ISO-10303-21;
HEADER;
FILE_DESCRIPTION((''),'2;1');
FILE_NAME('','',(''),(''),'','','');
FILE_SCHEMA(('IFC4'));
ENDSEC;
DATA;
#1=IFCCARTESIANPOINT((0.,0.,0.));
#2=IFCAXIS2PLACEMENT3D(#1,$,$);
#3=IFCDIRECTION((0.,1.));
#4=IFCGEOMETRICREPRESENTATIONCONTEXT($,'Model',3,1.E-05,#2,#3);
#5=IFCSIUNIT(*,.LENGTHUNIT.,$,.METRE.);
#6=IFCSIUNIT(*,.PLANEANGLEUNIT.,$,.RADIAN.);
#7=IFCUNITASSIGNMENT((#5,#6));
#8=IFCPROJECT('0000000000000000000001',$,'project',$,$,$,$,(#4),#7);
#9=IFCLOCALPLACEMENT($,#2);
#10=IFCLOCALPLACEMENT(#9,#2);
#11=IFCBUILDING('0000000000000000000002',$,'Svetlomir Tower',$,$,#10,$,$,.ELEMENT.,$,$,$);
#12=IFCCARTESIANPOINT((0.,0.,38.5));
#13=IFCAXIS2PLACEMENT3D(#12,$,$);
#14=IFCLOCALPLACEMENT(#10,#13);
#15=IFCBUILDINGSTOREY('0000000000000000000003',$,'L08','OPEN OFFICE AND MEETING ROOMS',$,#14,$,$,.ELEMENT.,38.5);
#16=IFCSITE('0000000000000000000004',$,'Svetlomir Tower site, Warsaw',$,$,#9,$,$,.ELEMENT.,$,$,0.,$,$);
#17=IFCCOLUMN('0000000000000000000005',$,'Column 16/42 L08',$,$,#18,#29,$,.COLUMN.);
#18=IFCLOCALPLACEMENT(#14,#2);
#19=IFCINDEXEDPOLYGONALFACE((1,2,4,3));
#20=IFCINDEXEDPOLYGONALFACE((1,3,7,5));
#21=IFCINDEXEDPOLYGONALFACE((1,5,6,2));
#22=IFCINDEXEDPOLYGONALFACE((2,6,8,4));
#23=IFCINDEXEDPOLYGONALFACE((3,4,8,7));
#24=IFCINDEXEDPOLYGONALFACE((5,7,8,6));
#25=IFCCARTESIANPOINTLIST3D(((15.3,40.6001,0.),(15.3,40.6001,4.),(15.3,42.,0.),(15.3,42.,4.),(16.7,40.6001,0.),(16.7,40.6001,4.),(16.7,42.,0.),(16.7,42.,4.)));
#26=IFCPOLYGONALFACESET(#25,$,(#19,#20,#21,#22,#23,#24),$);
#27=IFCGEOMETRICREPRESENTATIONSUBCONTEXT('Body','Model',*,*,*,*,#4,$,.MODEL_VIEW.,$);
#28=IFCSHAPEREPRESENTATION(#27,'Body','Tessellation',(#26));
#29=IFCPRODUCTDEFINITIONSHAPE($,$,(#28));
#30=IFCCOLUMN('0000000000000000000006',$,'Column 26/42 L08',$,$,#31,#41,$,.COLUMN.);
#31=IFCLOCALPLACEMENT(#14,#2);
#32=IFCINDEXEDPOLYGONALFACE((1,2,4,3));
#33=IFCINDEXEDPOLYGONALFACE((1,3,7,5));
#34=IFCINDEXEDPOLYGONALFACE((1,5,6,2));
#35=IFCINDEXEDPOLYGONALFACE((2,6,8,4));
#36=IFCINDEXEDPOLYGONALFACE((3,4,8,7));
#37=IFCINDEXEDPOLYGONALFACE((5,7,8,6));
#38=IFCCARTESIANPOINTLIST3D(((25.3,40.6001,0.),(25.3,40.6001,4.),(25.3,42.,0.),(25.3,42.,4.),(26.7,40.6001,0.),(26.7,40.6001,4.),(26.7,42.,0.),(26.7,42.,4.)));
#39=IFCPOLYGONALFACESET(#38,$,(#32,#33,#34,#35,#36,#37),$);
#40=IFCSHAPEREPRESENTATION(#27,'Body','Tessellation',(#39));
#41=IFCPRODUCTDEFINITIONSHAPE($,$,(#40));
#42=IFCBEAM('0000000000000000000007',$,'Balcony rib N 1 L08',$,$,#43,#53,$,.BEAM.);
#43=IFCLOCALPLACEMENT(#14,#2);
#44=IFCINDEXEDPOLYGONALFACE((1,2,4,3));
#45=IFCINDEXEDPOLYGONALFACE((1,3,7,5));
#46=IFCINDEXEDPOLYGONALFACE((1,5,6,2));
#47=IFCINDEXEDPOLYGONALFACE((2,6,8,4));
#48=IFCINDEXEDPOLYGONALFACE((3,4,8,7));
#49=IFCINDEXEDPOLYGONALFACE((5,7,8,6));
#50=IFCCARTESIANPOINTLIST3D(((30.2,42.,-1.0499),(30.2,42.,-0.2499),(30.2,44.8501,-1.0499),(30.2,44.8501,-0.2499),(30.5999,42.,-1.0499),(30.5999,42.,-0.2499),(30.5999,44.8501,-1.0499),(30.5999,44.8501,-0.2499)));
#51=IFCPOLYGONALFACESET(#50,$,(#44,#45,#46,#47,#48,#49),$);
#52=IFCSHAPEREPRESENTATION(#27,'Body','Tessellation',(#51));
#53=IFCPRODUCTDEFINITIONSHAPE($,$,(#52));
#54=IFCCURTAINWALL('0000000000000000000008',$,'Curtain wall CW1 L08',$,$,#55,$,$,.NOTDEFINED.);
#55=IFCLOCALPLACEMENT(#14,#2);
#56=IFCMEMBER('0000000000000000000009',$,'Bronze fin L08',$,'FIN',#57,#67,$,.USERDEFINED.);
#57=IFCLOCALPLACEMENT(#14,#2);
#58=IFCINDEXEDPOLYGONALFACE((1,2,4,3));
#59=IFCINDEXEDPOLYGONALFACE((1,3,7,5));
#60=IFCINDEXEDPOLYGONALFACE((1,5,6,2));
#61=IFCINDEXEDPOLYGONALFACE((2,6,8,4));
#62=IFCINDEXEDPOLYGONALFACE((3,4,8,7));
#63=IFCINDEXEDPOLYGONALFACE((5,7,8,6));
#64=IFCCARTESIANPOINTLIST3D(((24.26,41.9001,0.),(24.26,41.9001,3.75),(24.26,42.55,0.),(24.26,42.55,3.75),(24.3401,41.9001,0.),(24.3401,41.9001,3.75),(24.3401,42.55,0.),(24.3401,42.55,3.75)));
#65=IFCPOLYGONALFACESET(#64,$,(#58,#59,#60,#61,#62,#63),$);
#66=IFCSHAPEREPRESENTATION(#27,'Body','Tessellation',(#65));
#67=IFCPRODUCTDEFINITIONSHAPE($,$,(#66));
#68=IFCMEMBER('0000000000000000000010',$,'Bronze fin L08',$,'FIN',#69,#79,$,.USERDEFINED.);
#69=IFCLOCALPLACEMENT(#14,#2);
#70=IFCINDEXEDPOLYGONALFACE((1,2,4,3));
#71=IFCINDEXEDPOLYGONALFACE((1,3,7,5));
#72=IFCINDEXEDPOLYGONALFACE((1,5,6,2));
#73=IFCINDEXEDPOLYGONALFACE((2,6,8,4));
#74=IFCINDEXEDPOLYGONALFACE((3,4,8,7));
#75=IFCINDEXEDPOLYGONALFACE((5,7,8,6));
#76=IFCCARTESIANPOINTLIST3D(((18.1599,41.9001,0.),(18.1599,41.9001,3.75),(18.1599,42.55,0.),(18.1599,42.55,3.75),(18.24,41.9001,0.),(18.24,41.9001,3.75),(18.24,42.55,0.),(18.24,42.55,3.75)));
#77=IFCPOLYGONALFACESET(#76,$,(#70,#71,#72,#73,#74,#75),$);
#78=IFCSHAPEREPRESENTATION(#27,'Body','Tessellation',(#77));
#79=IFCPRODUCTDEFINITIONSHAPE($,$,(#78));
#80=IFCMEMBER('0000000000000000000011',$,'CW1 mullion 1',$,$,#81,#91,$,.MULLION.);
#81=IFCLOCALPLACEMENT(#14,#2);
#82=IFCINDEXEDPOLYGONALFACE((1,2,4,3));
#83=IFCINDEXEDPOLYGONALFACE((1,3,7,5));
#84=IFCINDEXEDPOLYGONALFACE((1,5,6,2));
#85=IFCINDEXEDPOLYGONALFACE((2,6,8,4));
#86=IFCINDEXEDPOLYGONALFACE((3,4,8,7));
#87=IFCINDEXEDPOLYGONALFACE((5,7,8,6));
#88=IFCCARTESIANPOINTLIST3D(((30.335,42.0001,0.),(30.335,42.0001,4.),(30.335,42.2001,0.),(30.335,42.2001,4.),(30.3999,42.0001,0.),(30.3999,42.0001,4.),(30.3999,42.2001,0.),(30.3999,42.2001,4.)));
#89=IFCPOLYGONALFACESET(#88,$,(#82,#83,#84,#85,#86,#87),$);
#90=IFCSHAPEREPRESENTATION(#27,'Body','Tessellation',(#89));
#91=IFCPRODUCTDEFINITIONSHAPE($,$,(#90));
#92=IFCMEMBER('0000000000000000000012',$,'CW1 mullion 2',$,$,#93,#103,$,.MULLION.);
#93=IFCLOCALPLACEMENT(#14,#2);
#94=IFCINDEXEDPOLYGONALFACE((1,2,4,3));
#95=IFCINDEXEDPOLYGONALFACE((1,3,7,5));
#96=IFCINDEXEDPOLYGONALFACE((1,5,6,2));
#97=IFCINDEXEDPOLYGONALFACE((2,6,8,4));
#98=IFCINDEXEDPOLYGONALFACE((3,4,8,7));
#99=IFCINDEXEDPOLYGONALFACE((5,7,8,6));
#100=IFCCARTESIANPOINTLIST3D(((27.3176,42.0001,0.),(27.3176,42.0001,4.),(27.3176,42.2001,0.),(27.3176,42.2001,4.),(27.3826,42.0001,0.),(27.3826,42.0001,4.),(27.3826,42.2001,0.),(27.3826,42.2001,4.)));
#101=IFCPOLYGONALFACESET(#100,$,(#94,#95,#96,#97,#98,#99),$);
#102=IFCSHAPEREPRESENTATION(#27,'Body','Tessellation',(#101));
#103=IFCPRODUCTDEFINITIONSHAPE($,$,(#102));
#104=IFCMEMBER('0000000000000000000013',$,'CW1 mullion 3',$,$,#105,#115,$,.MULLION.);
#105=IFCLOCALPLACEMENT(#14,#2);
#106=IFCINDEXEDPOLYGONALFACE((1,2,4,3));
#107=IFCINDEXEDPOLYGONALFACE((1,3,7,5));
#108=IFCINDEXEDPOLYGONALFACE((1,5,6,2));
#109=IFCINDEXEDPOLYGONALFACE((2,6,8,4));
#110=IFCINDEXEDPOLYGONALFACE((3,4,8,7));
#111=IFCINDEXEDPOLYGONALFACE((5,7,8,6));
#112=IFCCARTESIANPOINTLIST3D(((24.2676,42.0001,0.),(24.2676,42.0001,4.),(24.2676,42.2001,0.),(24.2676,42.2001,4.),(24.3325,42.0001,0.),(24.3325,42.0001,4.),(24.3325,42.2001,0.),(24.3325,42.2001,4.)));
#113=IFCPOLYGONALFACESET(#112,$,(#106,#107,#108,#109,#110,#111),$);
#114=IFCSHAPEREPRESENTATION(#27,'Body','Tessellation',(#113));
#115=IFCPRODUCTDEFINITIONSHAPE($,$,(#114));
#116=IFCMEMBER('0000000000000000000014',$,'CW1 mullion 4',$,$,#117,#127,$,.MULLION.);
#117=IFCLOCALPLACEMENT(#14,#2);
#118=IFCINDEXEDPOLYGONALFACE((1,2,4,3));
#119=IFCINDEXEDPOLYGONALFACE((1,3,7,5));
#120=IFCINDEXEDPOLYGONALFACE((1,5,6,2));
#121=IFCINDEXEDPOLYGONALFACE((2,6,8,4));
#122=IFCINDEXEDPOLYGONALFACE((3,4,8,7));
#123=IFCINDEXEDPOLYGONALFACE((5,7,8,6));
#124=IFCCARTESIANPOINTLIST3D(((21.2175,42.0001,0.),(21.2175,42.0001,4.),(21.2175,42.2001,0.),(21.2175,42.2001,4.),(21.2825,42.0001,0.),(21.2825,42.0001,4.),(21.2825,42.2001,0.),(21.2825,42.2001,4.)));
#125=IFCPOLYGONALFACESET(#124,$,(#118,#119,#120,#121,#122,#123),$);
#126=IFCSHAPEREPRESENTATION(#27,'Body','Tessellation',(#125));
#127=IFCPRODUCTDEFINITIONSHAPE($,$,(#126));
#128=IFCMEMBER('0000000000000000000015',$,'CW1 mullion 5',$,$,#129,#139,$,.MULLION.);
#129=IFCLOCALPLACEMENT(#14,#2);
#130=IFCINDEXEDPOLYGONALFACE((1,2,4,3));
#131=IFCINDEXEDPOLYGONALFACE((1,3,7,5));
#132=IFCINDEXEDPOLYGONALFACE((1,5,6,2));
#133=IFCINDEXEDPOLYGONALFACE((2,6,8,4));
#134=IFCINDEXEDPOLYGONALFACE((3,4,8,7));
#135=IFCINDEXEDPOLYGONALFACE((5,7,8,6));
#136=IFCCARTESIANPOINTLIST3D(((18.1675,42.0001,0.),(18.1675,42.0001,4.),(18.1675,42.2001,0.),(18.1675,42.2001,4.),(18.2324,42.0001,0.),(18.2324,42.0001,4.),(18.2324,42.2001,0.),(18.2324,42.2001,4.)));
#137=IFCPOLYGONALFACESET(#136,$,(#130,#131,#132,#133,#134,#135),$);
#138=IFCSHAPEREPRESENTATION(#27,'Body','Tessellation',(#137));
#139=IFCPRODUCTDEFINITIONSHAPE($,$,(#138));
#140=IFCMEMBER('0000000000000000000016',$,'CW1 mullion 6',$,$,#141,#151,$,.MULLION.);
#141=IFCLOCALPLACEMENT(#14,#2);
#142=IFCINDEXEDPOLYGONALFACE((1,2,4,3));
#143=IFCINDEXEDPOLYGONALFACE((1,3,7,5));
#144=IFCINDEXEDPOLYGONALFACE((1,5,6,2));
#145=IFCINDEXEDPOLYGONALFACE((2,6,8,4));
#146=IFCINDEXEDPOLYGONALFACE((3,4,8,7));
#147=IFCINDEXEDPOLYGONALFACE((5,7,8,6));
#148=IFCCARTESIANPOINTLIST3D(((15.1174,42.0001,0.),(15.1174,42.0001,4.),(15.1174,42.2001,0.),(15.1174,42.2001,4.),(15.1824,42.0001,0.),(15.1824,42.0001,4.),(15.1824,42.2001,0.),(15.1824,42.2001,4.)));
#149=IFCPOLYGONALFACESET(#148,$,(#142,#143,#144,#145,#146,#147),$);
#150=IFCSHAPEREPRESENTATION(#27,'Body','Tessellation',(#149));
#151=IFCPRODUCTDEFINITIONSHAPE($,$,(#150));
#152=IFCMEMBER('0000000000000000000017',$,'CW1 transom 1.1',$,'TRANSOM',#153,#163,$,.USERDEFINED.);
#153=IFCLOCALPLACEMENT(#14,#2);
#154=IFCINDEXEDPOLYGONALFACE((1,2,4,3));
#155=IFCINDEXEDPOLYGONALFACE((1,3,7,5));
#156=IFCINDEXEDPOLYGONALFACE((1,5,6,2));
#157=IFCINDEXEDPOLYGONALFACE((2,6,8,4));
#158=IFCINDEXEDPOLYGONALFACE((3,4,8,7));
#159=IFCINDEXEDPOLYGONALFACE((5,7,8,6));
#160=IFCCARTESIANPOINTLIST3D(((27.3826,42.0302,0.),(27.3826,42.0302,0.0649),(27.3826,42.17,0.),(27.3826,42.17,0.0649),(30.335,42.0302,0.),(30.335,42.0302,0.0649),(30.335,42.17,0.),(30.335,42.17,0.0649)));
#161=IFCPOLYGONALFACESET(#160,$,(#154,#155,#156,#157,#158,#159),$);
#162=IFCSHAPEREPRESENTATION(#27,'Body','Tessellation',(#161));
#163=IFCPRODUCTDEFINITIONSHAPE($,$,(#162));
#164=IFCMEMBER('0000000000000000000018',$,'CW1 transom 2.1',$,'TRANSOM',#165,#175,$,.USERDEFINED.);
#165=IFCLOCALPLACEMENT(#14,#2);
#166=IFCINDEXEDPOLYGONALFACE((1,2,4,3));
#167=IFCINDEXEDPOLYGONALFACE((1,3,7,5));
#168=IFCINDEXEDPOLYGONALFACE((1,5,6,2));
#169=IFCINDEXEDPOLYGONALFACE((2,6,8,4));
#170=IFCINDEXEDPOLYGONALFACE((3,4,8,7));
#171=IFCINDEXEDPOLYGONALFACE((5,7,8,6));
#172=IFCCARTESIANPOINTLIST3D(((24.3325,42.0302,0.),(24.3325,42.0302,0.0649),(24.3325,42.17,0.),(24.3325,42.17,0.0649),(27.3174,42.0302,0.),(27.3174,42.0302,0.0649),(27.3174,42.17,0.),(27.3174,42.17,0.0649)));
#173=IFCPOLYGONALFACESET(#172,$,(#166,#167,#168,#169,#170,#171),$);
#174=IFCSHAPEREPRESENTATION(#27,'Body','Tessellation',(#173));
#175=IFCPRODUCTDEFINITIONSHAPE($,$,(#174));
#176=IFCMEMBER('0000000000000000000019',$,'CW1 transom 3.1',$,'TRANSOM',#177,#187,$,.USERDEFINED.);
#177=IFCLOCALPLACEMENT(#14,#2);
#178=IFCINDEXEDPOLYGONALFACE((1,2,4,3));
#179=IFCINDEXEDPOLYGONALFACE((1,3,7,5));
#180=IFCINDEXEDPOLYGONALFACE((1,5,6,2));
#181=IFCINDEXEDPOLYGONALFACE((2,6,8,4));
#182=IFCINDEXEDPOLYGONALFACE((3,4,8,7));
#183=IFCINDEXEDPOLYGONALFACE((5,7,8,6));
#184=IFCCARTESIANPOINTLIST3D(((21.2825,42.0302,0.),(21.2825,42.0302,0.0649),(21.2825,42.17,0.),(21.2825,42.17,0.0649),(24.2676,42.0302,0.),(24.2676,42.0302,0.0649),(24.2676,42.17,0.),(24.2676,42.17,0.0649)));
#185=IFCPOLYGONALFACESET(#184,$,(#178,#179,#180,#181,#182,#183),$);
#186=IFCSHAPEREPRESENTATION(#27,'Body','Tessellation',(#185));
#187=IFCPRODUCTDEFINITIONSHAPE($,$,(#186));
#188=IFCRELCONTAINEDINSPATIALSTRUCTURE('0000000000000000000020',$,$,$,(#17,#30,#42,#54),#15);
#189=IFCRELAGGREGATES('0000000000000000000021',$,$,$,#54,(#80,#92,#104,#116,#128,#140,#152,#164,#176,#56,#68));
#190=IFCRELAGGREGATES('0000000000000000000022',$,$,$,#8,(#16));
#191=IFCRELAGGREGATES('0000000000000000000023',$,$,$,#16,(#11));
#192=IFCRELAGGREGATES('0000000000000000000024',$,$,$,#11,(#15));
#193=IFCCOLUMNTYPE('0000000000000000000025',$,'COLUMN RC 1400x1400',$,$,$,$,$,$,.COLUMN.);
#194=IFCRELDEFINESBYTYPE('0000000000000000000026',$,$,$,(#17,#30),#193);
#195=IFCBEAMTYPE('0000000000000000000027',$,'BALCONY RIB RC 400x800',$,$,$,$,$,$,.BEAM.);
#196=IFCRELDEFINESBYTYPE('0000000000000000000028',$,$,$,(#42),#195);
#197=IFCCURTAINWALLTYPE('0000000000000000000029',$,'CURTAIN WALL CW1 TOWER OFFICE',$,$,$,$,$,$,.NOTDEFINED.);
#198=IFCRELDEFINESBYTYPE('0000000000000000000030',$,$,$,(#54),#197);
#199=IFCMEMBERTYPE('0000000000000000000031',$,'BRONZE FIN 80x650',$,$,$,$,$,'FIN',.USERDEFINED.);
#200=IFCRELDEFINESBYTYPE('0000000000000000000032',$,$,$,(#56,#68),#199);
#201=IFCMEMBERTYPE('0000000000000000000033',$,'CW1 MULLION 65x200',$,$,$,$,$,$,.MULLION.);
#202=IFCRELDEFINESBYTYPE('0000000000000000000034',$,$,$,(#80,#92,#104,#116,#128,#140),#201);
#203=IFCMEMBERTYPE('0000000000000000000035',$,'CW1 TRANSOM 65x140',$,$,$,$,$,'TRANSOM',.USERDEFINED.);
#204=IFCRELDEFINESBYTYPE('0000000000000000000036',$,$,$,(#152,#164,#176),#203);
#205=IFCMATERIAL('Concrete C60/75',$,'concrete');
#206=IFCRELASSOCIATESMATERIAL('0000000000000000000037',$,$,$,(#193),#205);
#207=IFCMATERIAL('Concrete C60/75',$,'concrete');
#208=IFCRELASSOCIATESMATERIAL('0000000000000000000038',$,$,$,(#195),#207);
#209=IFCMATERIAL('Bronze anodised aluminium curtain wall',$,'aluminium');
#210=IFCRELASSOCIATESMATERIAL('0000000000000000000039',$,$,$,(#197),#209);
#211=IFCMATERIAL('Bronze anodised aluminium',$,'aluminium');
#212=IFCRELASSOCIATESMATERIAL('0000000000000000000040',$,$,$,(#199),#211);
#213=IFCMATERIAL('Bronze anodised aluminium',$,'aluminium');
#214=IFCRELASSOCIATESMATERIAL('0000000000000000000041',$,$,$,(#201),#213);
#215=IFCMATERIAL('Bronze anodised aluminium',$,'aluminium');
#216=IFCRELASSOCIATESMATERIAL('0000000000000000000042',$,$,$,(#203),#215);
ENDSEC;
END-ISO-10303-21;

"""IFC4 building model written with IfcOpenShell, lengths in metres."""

from ifc_helpers import new_model, si_unit, direction, frame, origin, origin_2d, place, context, subcontext, project, spatial, rectangle, extrude, material, material_profile, profile_set, type_object, element, aggregate, save


model = new_model("IFC4")

# Units and contexts
model_context = context("Model", 3, precision=1e-05, world=origin(), true_north=direction((0.0, 1.0)))
body_context = subcontext(model_context, "Body", "Model", "MODEL_VIEW")
ifc_project = project(units=[si_unit("LENGTHUNIT", "METRE"), si_unit("PLANEANGLEUNIT", "RADIAN")], contexts=[model_context])

# Site, building, storey
site_placement = place(None, origin())
site = spatial("IfcSite", under=ifc_project, at=site_placement, Name="Svetlomir Tower site, Warsaw", CompositionType="ELEMENT", RefElevation=0.0)
building_placement = place(site_placement, origin())
building = spatial("IfcBuilding", under=site, at=building_placement, Name="Svetlomir Tower", CompositionType="ELEMENT")
storey_placement = place(building_placement, frame((0.0, 0.0, 38.5)))
storey = spatial("IfcBuildingStorey", under=building, at=storey_placement, Name="L08", Description="OPEN OFFICE AND MEETING ROOMS", CompositionType="ELEMENT", Elevation=38.5)

# Columns
ifc_material_1 = material(Name="Concrete C60/75", Category="concrete")
ifc_material_profile_1 = material_profile(ifc_material_1, rectangle(XDim=1.3999, YDim=1.3999, at=origin_2d()), Name="RC 1400x1400")
ifc_profile_set_1 = profile_set([ifc_material_profile_1], Name="Concrete C60/75")
column_type = type_object("IfcColumnType", Name="COLUMN RC 1400x1400", PredefinedType="COLUMN", material=ifc_profile_set_1)
for number, where, z_axis, x_axis, name in (
    (1, (16.0, 41.3, 0.0), (0.0, 0.0, 1.0), (1.0, 0.0, 0.0), "Column 16/42 L08"),
    (2, (26.0, 41.3, 0.0), (0.0, 0.0, 1.0), (1.0, 0.0, 0.0), "Column 26/42 L08"),
):
    element("IfcColumn", number, at=place(storey_placement, frame(where, z_axis=z_axis, x_axis=x_axis)), inside=storey, type_object=column_type, Name=name, PredefinedType="COLUMN", context=body_context, shape_type="SweptSolid", body=[
        extrude(rectangle(XDim=1.3999, YDim=1.3999, at=origin_2d()), origin(), (0.0, 0.0, 1.0), 4.0),
    ])

# Beam
ifc_material_2 = material(Name="Concrete C60/75", Category="concrete")
ifc_material_profile_2 = material_profile(ifc_material_2, rectangle(XDim=0.3999, YDim=0.8, at=origin_2d()), Name="RC 400x800")
ifc_profile_set_2 = profile_set([ifc_material_profile_2], Name="Concrete C60/75")
beam_type_1 = type_object("IfcBeamType", Name="BALCONY RIB RC 400x800", PredefinedType="BEAM", material=ifc_profile_set_2)
beam_1_placement = place(storey_placement, frame((30.3999, 42.0, -0.6499), z_axis=(0.0, 1.0, 0.0), x_axis=(-1.0, 0.0, 0.0)))
element("IfcBeam", 3, at=beam_1_placement, inside=storey, type_object=beam_type_1, Name="Balcony rib N 1 L08", PredefinedType="BEAM", context=body_context, shape_type="SweptSolid", body=[
    extrude(rectangle(XDim=0.3999, YDim=0.8, at=origin_2d()), origin(), (0.0, 0.0, 1.0), 2.8501),
])

# Curtain wall, members
ifc_material_3 = material(Name="Bronze anodised aluminium curtain wall", Category="aluminium")
curtain_wall_type = type_object("IfcCurtainWallType", Name="CURTAIN WALL CW1 TOWER OFFICE", PredefinedType="NOTDEFINED", material=ifc_material_3)
curtain_wall_placement = place(storey_placement, origin())
curtain_wall = element("IfcCurtainWall", 4, at=curtain_wall_placement, inside=storey, type_object=curtain_wall_type, Name="Curtain wall CW1 L08", PredefinedType="NOTDEFINED")
ifc_material_4 = material(Name="Bronze anodised aluminium", Category="aluminium")
ifc_material_profile_3 = material_profile(ifc_material_4, rectangle(XDim=0.0801, YDim=0.6499, at=origin_2d()), Name="FIN 80x650")
ifc_profile_set_3 = profile_set([ifc_material_profile_3], Name="Bronze anodised aluminium 6063-T6")
member_type_1 = type_object("IfcMemberType", Name="BRONZE FIN 80x650", ElementType="FIN", PredefinedType="USERDEFINED", material=ifc_profile_set_3)
member_1_placement = place(storey_placement, frame((24.3, 42.2251, 0.0), z_axis=(0.0, 0.0, 1.0), x_axis=(1.0, 0.0, 0.0)))
member_1 = element("IfcMember", 5, at=member_1_placement, type_object=member_type_1, Name="Bronze fin L08", ObjectType="FIN", PredefinedType="USERDEFINED", context=body_context, shape_type="SweptSolid", body=[
    extrude(rectangle(XDim=0.0801, YDim=0.6499, at=origin_2d()), origin(), (0.0, 0.0, 1.0), 3.75),
])
member_2_placement = place(storey_placement, frame((18.2, 42.2251, 0.0), z_axis=(0.0, 0.0, 1.0), x_axis=(1.0, 0.0, 0.0)))
member_2 = element("IfcMember", 6, at=member_2_placement, type_object=member_type_1, Name="Bronze fin L08", ObjectType="FIN", PredefinedType="USERDEFINED", context=body_context, shape_type="SweptSolid", body=[
    extrude(rectangle(XDim=0.0801, YDim=0.6499, at=origin_2d()), origin(), (0.0, 0.0, 1.0), 3.75),
])
ifc_material_5 = material(Name="Bronze anodised aluminium", Category="aluminium")
ifc_material_profile_4 = material_profile(ifc_material_5, rectangle(XDim=0.0649, YDim=0.2, at=origin_2d()), Name="AL 65x200")
ifc_profile_set_4 = profile_set([ifc_material_profile_4], Name="Bronze anodised aluminium 6063-T6")
member_type_2 = type_object("IfcMemberType", Name="CW1 MULLION 65x200", PredefinedType="MULLION", material=ifc_profile_set_4)
member_3_placement = place(storey_placement, frame((30.3674, 42.1001, 0.0), z_axis=(0.0, 0.0, 1.0), x_axis=(-1.0, 0.0, 0.0)))
member_3 = element("IfcMember", 7, at=member_3_placement, type_object=member_type_2, Name="CW1 mullion 1", PredefinedType="MULLION", context=body_context, shape_type="SweptSolid", body=[
    extrude(rectangle(XDim=0.0649, YDim=0.2, at=origin_2d()), origin(), (0.0, 0.0, 1.0), 4.0),
])
member_4_placement = place(storey_placement, frame((27.3501, 42.1001, 0.0), z_axis=(0.0, 0.0, 1.0), x_axis=(-1.0, 0.0, 0.0)))
member_4 = element("IfcMember", 8, at=member_4_placement, type_object=member_type_2, Name="CW1 mullion 2", PredefinedType="MULLION", context=body_context, shape_type="SweptSolid", body=[
    extrude(rectangle(XDim=0.0649, YDim=0.2, at=origin_2d()), origin(), (0.0, 0.0, 1.0), 4.0),
])
member_5_placement = place(storey_placement, frame((24.3, 42.1001, 0.0), z_axis=(0.0, 0.0, 1.0), x_axis=(-1.0, 0.0, 0.0)))
member_5 = element("IfcMember", 9, at=member_5_placement, type_object=member_type_2, Name="CW1 mullion 3", PredefinedType="MULLION", context=body_context, shape_type="SweptSolid", body=[
    extrude(rectangle(XDim=0.0649, YDim=0.2, at=origin_2d()), origin(), (0.0, 0.0, 1.0), 4.0),
])
member_6_placement = place(storey_placement, frame((21.25, 42.1001, 0.0), z_axis=(0.0, 0.0, 1.0), x_axis=(-1.0, 0.0, 0.0)))
member_6 = element("IfcMember", 10, at=member_6_placement, type_object=member_type_2, Name="CW1 mullion 4", PredefinedType="MULLION", context=body_context, shape_type="SweptSolid", body=[
    extrude(rectangle(XDim=0.0649, YDim=0.2, at=origin_2d()), origin(), (0.0, 0.0, 1.0), 4.0),
])
member_7_placement = place(storey_placement, frame((18.2, 42.1001, 0.0), z_axis=(0.0, 0.0, 1.0), x_axis=(-1.0, 0.0, 0.0)))
member_7 = element("IfcMember", 11, at=member_7_placement, type_object=member_type_2, Name="CW1 mullion 5", PredefinedType="MULLION", context=body_context, shape_type="SweptSolid", body=[
    extrude(rectangle(XDim=0.0649, YDim=0.2, at=origin_2d()), origin(), (0.0, 0.0, 1.0), 4.0),
])
member_8_placement = place(storey_placement, frame((15.1499, 42.1001, 0.0), z_axis=(0.0, 0.0, 1.0), x_axis=(-1.0, 0.0, 0.0)))
member_8 = element("IfcMember", 12, at=member_8_placement, type_object=member_type_2, Name="CW1 mullion 6", PredefinedType="MULLION", context=body_context, shape_type="SweptSolid", body=[
    extrude(rectangle(XDim=0.0649, YDim=0.2, at=origin_2d()), origin(), (0.0, 0.0, 1.0), 4.0),
])
ifc_material_6 = material(Name="Bronze anodised aluminium", Category="aluminium")
ifc_material_profile_5 = material_profile(ifc_material_6, rectangle(XDim=0.1399, YDim=0.0649, at=origin_2d()), Name="AL 140x65")
ifc_profile_set_5 = profile_set([ifc_material_profile_5], Name="Bronze anodised aluminium 6063-T6")
member_type_3 = type_object("IfcMemberType", Name="CW1 TRANSOM 65x140", ElementType="TRANSOM", PredefinedType="USERDEFINED", material=ifc_profile_set_5)
member_9_placement = place(storey_placement, frame((30.335, 42.1001, 0.0325), z_axis=(-1.0, 0.0, 0.0), x_axis=(0.0, -1.0, 0.0)))
member_9 = element("IfcMember", 13, at=member_9_placement, type_object=member_type_3, Name="CW1 transom 1.1", ObjectType="TRANSOM", PredefinedType="USERDEFINED", context=body_context, shape_type="SweptSolid", body=[
    extrude(rectangle(XDim=0.1399, YDim=0.0649, at=origin_2d()), origin(), (0.0, 0.0, 1.0), 2.9524),
])
member_10_placement = place(storey_placement, frame((27.3174, 42.1001, 0.0325), z_axis=(-1.0, 0.0, 0.0), x_axis=(0.0, -1.0, 0.0)))
member_10 = element("IfcMember", 14, at=member_10_placement, type_object=member_type_3, Name="CW1 transom 2.1", ObjectType="TRANSOM", PredefinedType="USERDEFINED", context=body_context, shape_type="SweptSolid", body=[
    extrude(rectangle(XDim=0.1399, YDim=0.0649, at=origin_2d()), origin(), (0.0, 0.0, 1.0), 2.9849),
])
member_11_placement = place(storey_placement, frame((24.2676, 42.1001, 0.0325), z_axis=(-1.0, 0.0, 0.0), x_axis=(0.0, -1.0, 0.0)))
member_11 = element("IfcMember", 15, at=member_11_placement, type_object=member_type_3, Name="CW1 transom 3.1", ObjectType="TRANSOM", PredefinedType="USERDEFINED", context=body_context, shape_type="SweptSolid", body=[
    extrude(rectangle(XDim=0.1399, YDim=0.0649, at=origin_2d()), origin(), (0.0, 0.0, 1.0), 2.9851),
])

aggregate(curtain_wall, [member_3, member_4, member_5, member_6, member_7, member_8, member_9, member_10, member_11, member_1, member_2])

save(model, "model.ifc")
